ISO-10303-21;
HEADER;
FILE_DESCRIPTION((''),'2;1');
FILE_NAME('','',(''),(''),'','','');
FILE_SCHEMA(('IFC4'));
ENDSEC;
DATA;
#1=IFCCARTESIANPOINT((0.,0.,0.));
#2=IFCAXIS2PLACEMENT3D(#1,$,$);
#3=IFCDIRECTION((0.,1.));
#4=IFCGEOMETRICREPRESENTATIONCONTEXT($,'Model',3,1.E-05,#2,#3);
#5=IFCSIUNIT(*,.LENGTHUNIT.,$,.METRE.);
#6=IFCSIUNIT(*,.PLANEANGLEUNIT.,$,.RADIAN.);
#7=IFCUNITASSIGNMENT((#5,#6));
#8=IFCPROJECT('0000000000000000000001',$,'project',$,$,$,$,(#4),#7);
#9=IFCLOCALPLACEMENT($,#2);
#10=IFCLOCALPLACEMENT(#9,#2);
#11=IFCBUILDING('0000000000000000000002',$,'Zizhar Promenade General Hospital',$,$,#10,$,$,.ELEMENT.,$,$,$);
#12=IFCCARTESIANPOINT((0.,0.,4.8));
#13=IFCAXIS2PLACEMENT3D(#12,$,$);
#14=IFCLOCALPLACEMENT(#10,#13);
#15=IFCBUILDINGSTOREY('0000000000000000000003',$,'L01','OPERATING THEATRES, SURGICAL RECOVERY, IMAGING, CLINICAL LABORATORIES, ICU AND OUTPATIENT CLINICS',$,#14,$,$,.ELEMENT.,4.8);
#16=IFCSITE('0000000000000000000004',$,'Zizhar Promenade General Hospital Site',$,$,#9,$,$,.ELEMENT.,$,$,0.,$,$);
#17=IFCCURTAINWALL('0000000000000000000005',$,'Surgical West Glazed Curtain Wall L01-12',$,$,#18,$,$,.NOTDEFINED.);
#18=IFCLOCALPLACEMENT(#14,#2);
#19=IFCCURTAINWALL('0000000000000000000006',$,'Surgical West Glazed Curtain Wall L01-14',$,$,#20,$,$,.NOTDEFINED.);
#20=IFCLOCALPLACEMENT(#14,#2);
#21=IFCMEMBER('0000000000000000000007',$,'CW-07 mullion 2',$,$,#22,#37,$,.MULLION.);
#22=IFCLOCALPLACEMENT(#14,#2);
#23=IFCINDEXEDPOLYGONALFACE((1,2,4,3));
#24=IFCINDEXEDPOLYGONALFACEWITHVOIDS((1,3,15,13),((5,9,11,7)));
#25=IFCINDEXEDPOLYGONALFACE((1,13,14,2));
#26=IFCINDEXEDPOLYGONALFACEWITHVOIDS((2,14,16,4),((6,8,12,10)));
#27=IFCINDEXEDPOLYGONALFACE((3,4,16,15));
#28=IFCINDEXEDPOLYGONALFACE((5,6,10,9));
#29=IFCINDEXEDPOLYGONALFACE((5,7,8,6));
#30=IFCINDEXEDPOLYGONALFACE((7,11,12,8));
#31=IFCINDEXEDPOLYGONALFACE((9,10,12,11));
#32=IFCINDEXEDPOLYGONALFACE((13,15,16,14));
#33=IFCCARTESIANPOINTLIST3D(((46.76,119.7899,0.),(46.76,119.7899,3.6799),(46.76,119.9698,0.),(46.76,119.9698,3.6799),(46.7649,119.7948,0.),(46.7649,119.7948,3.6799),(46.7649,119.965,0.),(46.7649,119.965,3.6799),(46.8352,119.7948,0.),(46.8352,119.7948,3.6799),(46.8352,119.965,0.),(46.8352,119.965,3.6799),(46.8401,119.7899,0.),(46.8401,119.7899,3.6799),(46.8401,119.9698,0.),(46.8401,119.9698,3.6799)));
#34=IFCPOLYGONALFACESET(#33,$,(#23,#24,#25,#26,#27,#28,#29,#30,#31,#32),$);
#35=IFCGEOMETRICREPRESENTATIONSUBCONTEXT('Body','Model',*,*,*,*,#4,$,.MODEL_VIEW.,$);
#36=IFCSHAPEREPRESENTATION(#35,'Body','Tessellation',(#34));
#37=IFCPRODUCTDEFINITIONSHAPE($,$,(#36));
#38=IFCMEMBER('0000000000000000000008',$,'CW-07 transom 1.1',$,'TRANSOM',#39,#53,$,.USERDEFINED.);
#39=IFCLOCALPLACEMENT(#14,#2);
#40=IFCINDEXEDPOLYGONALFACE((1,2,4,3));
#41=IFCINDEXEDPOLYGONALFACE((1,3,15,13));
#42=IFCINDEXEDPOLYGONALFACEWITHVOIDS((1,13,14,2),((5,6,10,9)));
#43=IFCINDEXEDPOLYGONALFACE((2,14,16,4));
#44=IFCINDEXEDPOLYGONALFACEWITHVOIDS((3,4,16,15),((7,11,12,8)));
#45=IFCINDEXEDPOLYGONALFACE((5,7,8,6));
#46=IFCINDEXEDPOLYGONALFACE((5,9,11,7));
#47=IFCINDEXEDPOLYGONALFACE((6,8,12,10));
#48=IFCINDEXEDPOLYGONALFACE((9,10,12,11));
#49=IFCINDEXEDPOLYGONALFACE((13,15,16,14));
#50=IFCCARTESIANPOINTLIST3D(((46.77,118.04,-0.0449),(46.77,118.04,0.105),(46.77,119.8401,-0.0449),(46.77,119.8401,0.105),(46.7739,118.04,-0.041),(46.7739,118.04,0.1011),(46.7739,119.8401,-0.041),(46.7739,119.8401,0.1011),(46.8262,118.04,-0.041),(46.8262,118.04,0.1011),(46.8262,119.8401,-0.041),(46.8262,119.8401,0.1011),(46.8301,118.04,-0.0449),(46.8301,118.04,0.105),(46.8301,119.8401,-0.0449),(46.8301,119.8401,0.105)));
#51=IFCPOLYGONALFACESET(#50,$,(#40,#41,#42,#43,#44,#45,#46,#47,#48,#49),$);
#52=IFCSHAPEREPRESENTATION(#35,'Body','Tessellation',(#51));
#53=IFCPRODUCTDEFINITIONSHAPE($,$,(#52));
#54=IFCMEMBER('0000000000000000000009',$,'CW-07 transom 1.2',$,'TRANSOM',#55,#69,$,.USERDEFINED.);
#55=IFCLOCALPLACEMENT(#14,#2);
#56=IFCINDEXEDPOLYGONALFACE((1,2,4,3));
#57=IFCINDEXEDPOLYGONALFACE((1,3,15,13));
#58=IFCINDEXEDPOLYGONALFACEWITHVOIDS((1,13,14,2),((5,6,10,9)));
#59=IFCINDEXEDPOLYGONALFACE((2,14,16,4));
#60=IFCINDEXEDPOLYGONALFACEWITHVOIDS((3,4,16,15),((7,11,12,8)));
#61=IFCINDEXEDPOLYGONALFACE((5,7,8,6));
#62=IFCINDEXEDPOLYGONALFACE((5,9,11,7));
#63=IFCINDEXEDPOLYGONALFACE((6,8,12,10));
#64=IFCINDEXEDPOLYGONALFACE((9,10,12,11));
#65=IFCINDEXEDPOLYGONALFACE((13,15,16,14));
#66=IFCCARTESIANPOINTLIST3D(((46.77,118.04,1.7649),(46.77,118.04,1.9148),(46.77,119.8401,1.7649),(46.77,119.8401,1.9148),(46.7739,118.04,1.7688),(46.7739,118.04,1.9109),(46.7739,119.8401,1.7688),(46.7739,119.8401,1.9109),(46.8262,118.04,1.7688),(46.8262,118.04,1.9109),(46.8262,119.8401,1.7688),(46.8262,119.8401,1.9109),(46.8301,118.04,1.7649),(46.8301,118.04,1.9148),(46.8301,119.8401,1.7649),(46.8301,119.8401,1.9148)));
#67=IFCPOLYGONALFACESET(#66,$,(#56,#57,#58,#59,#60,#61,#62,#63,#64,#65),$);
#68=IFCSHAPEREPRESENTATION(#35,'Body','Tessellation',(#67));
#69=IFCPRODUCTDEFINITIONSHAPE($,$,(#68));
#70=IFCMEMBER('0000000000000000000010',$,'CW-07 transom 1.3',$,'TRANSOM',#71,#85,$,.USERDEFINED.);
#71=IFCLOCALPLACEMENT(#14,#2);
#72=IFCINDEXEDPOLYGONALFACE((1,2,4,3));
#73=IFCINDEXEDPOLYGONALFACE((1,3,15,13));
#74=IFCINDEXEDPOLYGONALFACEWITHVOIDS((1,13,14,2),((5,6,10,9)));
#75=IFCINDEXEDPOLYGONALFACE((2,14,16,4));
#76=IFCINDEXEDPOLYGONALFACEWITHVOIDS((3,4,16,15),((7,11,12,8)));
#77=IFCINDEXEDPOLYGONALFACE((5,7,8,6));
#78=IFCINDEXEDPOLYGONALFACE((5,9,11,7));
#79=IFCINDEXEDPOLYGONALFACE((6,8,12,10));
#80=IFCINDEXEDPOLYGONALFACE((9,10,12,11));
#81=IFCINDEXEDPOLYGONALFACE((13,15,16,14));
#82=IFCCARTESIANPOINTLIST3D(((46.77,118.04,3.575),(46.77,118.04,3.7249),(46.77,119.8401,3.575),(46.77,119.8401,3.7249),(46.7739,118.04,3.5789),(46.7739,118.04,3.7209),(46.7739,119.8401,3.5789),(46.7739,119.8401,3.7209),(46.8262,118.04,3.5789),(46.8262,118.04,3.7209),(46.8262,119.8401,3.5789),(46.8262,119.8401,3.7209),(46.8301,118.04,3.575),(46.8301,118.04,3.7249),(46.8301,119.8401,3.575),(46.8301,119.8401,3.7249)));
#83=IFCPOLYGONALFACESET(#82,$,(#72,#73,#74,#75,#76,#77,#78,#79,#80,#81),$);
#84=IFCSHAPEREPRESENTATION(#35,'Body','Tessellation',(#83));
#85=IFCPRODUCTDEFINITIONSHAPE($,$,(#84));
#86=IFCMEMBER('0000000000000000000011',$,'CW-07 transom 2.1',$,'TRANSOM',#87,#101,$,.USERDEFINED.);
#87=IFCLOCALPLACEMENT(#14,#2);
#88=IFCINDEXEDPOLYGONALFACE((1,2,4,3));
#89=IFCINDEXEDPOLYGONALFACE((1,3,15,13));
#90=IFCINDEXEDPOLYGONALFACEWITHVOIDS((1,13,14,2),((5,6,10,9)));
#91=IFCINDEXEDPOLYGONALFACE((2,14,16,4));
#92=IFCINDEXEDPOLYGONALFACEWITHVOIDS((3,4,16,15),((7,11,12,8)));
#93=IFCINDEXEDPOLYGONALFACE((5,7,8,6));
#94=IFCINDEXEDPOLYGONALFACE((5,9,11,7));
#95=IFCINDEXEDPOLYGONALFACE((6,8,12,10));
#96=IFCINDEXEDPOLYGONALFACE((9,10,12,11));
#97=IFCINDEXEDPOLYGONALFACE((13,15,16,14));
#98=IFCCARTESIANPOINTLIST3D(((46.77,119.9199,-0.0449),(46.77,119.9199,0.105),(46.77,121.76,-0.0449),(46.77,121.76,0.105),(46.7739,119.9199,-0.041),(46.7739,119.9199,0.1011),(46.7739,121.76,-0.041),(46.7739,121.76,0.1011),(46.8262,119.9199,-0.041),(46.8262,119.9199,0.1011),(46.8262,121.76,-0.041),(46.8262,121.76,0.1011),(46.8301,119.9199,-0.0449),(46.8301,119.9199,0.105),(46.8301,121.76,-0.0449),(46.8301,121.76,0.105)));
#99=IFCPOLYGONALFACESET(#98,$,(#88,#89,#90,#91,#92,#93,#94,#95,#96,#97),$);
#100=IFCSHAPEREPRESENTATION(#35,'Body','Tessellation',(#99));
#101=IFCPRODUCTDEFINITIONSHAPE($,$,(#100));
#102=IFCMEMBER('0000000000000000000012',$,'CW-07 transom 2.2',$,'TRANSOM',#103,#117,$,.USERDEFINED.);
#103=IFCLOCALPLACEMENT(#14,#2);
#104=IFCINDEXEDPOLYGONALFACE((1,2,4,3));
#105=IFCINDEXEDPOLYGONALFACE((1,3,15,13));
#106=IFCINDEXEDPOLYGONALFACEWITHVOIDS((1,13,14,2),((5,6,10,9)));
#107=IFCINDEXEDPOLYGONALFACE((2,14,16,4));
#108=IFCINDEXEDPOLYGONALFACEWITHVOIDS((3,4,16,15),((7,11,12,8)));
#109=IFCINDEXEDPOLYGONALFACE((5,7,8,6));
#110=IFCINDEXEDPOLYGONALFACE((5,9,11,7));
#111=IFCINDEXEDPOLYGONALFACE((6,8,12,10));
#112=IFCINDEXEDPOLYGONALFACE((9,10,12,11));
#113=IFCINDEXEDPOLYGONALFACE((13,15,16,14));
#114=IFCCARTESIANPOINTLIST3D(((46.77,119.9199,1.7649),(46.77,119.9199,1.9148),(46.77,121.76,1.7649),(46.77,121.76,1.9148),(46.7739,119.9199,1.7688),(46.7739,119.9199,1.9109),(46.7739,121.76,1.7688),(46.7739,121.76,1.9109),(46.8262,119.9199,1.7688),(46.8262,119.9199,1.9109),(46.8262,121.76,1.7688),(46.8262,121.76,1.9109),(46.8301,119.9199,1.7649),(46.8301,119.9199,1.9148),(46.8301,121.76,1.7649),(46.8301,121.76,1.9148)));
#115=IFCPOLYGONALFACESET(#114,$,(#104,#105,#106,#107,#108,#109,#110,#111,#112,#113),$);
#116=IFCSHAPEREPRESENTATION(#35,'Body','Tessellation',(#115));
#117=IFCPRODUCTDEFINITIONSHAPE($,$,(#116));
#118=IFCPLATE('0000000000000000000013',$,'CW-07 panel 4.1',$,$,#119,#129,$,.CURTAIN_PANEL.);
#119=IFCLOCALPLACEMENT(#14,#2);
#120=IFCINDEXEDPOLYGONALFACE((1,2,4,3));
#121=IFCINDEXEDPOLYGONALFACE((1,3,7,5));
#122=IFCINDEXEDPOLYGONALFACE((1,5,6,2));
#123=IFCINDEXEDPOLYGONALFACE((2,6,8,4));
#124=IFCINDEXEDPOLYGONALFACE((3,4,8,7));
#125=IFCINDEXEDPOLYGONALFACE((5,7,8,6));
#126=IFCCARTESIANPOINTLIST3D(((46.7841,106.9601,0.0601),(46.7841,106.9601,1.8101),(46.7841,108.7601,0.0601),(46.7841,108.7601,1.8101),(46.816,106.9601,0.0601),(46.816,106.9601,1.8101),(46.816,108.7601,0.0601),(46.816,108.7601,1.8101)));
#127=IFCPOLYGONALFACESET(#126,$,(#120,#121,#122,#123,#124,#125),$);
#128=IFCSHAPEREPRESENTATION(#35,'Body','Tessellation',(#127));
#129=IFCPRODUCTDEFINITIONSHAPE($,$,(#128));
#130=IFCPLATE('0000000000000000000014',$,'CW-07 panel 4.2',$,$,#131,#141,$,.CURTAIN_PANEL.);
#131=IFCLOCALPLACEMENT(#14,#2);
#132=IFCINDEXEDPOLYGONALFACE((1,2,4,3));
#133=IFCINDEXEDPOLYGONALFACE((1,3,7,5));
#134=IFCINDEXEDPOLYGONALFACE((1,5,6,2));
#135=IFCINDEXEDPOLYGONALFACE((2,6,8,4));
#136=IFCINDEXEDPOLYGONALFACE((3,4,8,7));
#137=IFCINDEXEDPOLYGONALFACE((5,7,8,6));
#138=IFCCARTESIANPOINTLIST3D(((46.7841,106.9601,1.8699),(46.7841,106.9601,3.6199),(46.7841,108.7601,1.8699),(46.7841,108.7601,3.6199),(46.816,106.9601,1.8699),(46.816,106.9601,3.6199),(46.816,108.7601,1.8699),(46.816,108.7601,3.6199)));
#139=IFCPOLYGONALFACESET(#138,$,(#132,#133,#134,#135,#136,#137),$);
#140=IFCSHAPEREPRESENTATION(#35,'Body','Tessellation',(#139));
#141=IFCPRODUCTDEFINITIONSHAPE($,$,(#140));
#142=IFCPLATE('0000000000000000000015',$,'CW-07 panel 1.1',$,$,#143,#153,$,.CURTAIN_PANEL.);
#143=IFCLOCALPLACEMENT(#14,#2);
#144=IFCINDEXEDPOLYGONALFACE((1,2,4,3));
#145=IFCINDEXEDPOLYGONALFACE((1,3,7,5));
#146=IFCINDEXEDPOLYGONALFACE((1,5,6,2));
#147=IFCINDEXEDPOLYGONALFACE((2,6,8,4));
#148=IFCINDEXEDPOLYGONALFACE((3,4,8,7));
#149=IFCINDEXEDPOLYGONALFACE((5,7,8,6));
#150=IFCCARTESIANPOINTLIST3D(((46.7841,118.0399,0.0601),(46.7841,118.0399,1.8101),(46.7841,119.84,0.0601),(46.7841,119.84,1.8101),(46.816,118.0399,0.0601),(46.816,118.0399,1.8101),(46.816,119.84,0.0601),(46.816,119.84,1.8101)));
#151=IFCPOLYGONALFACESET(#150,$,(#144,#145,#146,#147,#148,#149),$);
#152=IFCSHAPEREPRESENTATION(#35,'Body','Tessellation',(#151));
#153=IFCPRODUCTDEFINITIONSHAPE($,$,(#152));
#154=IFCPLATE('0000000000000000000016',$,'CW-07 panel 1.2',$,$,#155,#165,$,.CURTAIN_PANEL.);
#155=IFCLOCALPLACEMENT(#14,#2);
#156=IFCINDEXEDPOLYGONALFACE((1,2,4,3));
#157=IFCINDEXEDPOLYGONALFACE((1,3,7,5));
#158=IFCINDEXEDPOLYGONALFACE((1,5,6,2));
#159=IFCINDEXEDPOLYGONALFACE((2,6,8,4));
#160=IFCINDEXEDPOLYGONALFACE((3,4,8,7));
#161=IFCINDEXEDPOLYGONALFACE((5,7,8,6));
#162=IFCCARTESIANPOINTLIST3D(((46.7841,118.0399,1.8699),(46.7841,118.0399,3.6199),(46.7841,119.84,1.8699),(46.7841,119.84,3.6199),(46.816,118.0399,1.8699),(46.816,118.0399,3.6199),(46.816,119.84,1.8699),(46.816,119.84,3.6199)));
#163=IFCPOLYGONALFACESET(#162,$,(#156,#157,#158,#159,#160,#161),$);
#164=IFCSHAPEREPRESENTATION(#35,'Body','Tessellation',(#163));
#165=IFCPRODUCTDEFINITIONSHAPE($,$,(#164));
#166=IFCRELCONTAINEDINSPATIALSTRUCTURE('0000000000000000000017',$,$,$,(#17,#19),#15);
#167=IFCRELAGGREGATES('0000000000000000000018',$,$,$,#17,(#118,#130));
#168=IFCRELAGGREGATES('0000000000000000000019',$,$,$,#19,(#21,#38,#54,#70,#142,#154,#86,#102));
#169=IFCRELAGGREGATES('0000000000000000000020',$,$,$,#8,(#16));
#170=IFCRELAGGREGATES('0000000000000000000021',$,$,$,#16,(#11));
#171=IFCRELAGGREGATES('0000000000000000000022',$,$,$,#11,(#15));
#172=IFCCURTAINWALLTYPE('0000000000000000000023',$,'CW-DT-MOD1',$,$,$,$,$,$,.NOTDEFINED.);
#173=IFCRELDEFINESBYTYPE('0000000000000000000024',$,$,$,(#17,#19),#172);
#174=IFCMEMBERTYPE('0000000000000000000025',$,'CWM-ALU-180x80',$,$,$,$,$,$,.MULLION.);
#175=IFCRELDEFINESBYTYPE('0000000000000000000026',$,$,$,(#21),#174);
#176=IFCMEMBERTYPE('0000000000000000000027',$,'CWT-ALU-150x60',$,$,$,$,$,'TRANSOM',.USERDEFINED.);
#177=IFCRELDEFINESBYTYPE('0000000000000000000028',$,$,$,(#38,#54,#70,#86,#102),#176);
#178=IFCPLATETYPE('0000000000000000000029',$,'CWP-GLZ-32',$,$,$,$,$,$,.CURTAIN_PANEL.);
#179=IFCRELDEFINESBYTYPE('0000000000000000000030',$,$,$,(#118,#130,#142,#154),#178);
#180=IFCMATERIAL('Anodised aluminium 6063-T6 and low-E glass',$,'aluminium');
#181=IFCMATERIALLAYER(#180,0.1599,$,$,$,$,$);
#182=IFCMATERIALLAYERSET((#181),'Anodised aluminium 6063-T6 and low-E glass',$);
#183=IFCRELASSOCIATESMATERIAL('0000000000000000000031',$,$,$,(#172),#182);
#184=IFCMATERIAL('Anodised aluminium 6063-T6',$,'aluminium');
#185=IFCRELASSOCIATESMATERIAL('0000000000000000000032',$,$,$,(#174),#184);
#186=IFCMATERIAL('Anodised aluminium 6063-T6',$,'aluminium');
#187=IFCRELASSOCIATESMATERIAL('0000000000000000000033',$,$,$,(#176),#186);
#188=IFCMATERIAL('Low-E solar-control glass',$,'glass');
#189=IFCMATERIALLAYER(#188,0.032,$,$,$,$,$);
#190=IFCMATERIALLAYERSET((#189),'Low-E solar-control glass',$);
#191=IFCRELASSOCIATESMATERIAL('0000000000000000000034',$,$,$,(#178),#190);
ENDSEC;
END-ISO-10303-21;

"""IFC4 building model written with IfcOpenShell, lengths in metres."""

from ifc_helpers import new_model, si_unit, direction, frame, origin, origin_2d, place, context, subcontext, project, spatial, rectangle, hollow_rectangle, extrude, material, layer, layer_set, material_profile, profile_set, type_object, element, aggregate, save


model = new_model("IFC4")

# Units and contexts
model_context = context("Model", 3, precision=1e-05, world=origin(), true_north=direction((0.0, 1.0)))
body_context = subcontext(model_context, "Body", "Model", "MODEL_VIEW")
ifc_project = project(units=[si_unit("LENGTHUNIT", "METRE"), si_unit("PLANEANGLEUNIT", "RADIAN")], contexts=[model_context])

# Site, building, storey
site_placement = place(None, origin())
site = spatial("IfcSite", under=ifc_project, at=site_placement, Name="Zizhar Promenade General Hospital Site", CompositionType="ELEMENT", RefElevation=0.0)
building_placement = place(site_placement, origin())
building = spatial("IfcBuilding", under=site, at=building_placement, Name="Zizhar Promenade General Hospital", CompositionType="ELEMENT")
storey_placement = place(building_placement, frame((0.0, 0.0, 4.8)))
storey = spatial("IfcBuildingStorey", under=building, at=storey_placement, Name="L01", Description="OPERATING THEATRES, SURGICAL RECOVERY, IMAGING, CLINICAL LABORATORIES, ICU AND OUTPATIENT CLINICS", CompositionType="ELEMENT", Elevation=4.8)

# Curtain wall
ifc_material_1 = material(Name="Anodised aluminium 6063-T6 and low-E glass", Category="aluminium")
ifc_layer_1 = layer(ifc_material_1, 0.1599)
ifc_layer_set_1 = layer_set([ifc_layer_1], Name="Anodised aluminium 6063-T6 and low-E glass")
curtain_wall_type = type_object("IfcCurtainWallType", Name="CW-DT-MOD1", PredefinedType="NOTDEFINED", material=ifc_layer_set_1)
curtain_wall_1_placement = place(storey_placement, origin())
curtain_wall_1 = element("IfcCurtainWall", 1, at=curtain_wall_1_placement, inside=storey, type_object=curtain_wall_type, Name="Surgical West Glazed Curtain Wall L01-12", PredefinedType="NOTDEFINED")
ifc_material_2 = material(Name="Anodised aluminium 6063-T6", Category="aluminium")
ifc_material_profile_1 = material_profile(ifc_material_2, hollow_rectangle(XDim=0.0801, YDim=0.1799, WallThickness=0.0049, at=origin_2d()))
ifc_profile_set_1 = profile_set([ifc_material_profile_1], Name="Anodised aluminium 6063-T6")
member_type_1 = type_object("IfcMemberType", Name="CWM-ALU-180x80", PredefinedType="MULLION", material=ifc_profile_set_1)

# Curtain wall, members
curtain_wall_2_placement = place(storey_placement, origin())
curtain_wall_2 = element("IfcCurtainWall", 2, at=curtain_wall_2_placement, inside=storey, type_object=curtain_wall_type, Name="Surgical West Glazed Curtain Wall L01-14", PredefinedType="NOTDEFINED")
member_1_placement = place(storey_placement, frame((46.8, 119.8799, 0.0), z_axis=(0.0, 0.0, 1.0), x_axis=(-1.0, 0.0, 0.0)))
member_1 = element("IfcMember", 3, at=member_1_placement, type_object=member_type_1, Name="CW-07 mullion 2", PredefinedType="MULLION", context=body_context, shape_type="SweptSolid", body=[
    extrude(hollow_rectangle(XDim=0.0801, YDim=0.1799, WallThickness=0.0049, at=origin_2d()), origin(), (0.0, 0.0, 1.0), 3.6799),
])
ifc_material_3 = material(Name="Anodised aluminium 6063-T6", Category="aluminium")
ifc_material_profile_2 = material_profile(ifc_material_3, hollow_rectangle(XDim=0.0601, YDim=0.1499, WallThickness=0.0039, at=origin_2d()))
ifc_profile_set_2 = profile_set([ifc_material_profile_2], Name="Anodised aluminium 6063-T6")
member_type_2 = type_object("IfcMemberType", Name="CWT-ALU-150x60", ElementType="TRANSOM", PredefinedType="USERDEFINED", material=ifc_profile_set_2)
member_2_placement = place(storey_placement, frame((46.8, 118.04, 0.03), z_axis=(0.0, 1.0, 0.0), x_axis=(-1.0, 0.0, 0.0)))
member_2 = element("IfcMember", 4, at=member_2_placement, type_object=member_type_2, Name="CW-07 transom 1.1", ObjectType="TRANSOM", PredefinedType="USERDEFINED", context=body_context, shape_type="SweptSolid", body=[
    extrude(hollow_rectangle(XDim=0.0601, YDim=0.1499, WallThickness=0.0039, at=origin_2d()), origin(), (0.0, 0.0, 1.0), 1.8),
])
member_3_placement = place(storey_placement, frame((46.8, 118.04, 1.8398), z_axis=(0.0, 1.0, 0.0), x_axis=(-1.0, 0.0, 0.0)))
member_3 = element("IfcMember", 5, at=member_3_placement, type_object=member_type_2, Name="CW-07 transom 1.2", ObjectType="TRANSOM", PredefinedType="USERDEFINED", context=body_context, shape_type="SweptSolid", body=[
    extrude(hollow_rectangle(XDim=0.0601, YDim=0.1499, WallThickness=0.0039, at=origin_2d()), origin(), (0.0, 0.0, 1.0), 1.8),
])
member_4_placement = place(storey_placement, frame((46.8, 118.04, 3.6499), z_axis=(0.0, 1.0, 0.0), x_axis=(-1.0, 0.0, 0.0)))
member_4 = element("IfcMember", 6, at=member_4_placement, type_object=member_type_2, Name="CW-07 transom 1.3", ObjectType="TRANSOM", PredefinedType="USERDEFINED", context=body_context, shape_type="SweptSolid", body=[
    extrude(hollow_rectangle(XDim=0.0601, YDim=0.1499, WallThickness=0.0039, at=origin_2d()), origin(), (0.0, 0.0, 1.0), 1.8),
])
member_5_placement = place(storey_placement, frame((46.8, 119.9199, 0.03), z_axis=(0.0, 1.0, 0.0), x_axis=(-1.0, 0.0, 0.0)))
member_5 = element("IfcMember", 7, at=member_5_placement, type_object=member_type_2, Name="CW-07 transom 2.1", ObjectType="TRANSOM", PredefinedType="USERDEFINED", context=body_context, shape_type="SweptSolid", body=[
    extrude(hollow_rectangle(XDim=0.0601, YDim=0.1499, WallThickness=0.0039, at=origin_2d()), origin(), (0.0, 0.0, 1.0), 1.8401),
])
member_6_placement = place(storey_placement, frame((46.8, 119.9199, 1.8398), z_axis=(0.0, 1.0, 0.0), x_axis=(-1.0, 0.0, 0.0)))
member_6 = element("IfcMember", 8, at=member_6_placement, type_object=member_type_2, Name="CW-07 transom 2.2", ObjectType="TRANSOM", PredefinedType="USERDEFINED", context=body_context, shape_type="SweptSolid", body=[
    extrude(hollow_rectangle(XDim=0.0601, YDim=0.1499, WallThickness=0.0039, at=origin_2d()), origin(), (0.0, 0.0, 1.0), 1.8401),
])

# Plates
ifc_material_4 = material(Name="Low-E solar-control glass", Category="glass")
ifc_layer_2 = layer(ifc_material_4, 0.032)
ifc_layer_set_2 = layer_set([ifc_layer_2], Name="Low-E solar-control glass")
plate_type = type_object("IfcPlateType", Name="CWP-GLZ-32", PredefinedType="CURTAIN_PANEL", material=ifc_layer_set_2)
plate_1_placement = place(storey_placement, frame((46.8, 107.8601, 0.0601), z_axis=(0.0, 0.0, 1.0), x_axis=(0.0, 1.0, 0.0)))
plate_1 = element("IfcPlate", 9, at=plate_1_placement, type_object=plate_type, Name="CW-07 panel 4.1", PredefinedType="CURTAIN_PANEL", context=body_context, shape_type="SweptSolid", body=[
    extrude(rectangle(XDim=1.8, YDim=0.032, at=origin_2d()), origin(), (0.0, 0.0, 1.0), 1.75),
])
plate_2_placement = place(storey_placement, frame((46.8, 107.8601, 1.8699), z_axis=(0.0, 0.0, 1.0), x_axis=(0.0, 1.0, 0.0)))
plate_2 = element("IfcPlate", 10, at=plate_2_placement, type_object=plate_type, Name="CW-07 panel 4.2", PredefinedType="CURTAIN_PANEL", context=body_context, shape_type="SweptSolid", body=[
    extrude(rectangle(XDim=1.8, YDim=0.032, at=origin_2d()), origin(), (0.0, 0.0, 1.0), 1.75),
])
aggregate(curtain_wall_1, [plate_1, plate_2])
plate_3_placement = place(storey_placement, frame((46.8, 118.9399, 0.0601), z_axis=(0.0, 0.0, 1.0), x_axis=(0.0, 1.0, 0.0)))
plate_3 = element("IfcPlate", 11, at=plate_3_placement, type_object=plate_type, Name="CW-07 panel 1.1", PredefinedType="CURTAIN_PANEL", context=body_context, shape_type="SweptSolid", body=[
    extrude(rectangle(XDim=1.8, YDim=0.032, at=origin_2d()), origin(), (0.0, 0.0, 1.0), 1.75),
])
plate_4_placement = place(storey_placement, frame((46.8, 118.9399, 1.8699), z_axis=(0.0, 0.0, 1.0), x_axis=(0.0, 1.0, 0.0)))
plate_4 = element("IfcPlate", 12, at=plate_4_placement, type_object=plate_type, Name="CW-07 panel 1.2", PredefinedType="CURTAIN_PANEL", context=body_context, shape_type="SweptSolid", body=[
    extrude(rectangle(XDim=1.8, YDim=0.032, at=origin_2d()), origin(), (0.0, 0.0, 1.0), 1.75),
])
aggregate(curtain_wall_2, [member_1, member_2, member_3, member_4, plate_3, plate_4, member_5, member_6])

save(model, "model.ifc")
